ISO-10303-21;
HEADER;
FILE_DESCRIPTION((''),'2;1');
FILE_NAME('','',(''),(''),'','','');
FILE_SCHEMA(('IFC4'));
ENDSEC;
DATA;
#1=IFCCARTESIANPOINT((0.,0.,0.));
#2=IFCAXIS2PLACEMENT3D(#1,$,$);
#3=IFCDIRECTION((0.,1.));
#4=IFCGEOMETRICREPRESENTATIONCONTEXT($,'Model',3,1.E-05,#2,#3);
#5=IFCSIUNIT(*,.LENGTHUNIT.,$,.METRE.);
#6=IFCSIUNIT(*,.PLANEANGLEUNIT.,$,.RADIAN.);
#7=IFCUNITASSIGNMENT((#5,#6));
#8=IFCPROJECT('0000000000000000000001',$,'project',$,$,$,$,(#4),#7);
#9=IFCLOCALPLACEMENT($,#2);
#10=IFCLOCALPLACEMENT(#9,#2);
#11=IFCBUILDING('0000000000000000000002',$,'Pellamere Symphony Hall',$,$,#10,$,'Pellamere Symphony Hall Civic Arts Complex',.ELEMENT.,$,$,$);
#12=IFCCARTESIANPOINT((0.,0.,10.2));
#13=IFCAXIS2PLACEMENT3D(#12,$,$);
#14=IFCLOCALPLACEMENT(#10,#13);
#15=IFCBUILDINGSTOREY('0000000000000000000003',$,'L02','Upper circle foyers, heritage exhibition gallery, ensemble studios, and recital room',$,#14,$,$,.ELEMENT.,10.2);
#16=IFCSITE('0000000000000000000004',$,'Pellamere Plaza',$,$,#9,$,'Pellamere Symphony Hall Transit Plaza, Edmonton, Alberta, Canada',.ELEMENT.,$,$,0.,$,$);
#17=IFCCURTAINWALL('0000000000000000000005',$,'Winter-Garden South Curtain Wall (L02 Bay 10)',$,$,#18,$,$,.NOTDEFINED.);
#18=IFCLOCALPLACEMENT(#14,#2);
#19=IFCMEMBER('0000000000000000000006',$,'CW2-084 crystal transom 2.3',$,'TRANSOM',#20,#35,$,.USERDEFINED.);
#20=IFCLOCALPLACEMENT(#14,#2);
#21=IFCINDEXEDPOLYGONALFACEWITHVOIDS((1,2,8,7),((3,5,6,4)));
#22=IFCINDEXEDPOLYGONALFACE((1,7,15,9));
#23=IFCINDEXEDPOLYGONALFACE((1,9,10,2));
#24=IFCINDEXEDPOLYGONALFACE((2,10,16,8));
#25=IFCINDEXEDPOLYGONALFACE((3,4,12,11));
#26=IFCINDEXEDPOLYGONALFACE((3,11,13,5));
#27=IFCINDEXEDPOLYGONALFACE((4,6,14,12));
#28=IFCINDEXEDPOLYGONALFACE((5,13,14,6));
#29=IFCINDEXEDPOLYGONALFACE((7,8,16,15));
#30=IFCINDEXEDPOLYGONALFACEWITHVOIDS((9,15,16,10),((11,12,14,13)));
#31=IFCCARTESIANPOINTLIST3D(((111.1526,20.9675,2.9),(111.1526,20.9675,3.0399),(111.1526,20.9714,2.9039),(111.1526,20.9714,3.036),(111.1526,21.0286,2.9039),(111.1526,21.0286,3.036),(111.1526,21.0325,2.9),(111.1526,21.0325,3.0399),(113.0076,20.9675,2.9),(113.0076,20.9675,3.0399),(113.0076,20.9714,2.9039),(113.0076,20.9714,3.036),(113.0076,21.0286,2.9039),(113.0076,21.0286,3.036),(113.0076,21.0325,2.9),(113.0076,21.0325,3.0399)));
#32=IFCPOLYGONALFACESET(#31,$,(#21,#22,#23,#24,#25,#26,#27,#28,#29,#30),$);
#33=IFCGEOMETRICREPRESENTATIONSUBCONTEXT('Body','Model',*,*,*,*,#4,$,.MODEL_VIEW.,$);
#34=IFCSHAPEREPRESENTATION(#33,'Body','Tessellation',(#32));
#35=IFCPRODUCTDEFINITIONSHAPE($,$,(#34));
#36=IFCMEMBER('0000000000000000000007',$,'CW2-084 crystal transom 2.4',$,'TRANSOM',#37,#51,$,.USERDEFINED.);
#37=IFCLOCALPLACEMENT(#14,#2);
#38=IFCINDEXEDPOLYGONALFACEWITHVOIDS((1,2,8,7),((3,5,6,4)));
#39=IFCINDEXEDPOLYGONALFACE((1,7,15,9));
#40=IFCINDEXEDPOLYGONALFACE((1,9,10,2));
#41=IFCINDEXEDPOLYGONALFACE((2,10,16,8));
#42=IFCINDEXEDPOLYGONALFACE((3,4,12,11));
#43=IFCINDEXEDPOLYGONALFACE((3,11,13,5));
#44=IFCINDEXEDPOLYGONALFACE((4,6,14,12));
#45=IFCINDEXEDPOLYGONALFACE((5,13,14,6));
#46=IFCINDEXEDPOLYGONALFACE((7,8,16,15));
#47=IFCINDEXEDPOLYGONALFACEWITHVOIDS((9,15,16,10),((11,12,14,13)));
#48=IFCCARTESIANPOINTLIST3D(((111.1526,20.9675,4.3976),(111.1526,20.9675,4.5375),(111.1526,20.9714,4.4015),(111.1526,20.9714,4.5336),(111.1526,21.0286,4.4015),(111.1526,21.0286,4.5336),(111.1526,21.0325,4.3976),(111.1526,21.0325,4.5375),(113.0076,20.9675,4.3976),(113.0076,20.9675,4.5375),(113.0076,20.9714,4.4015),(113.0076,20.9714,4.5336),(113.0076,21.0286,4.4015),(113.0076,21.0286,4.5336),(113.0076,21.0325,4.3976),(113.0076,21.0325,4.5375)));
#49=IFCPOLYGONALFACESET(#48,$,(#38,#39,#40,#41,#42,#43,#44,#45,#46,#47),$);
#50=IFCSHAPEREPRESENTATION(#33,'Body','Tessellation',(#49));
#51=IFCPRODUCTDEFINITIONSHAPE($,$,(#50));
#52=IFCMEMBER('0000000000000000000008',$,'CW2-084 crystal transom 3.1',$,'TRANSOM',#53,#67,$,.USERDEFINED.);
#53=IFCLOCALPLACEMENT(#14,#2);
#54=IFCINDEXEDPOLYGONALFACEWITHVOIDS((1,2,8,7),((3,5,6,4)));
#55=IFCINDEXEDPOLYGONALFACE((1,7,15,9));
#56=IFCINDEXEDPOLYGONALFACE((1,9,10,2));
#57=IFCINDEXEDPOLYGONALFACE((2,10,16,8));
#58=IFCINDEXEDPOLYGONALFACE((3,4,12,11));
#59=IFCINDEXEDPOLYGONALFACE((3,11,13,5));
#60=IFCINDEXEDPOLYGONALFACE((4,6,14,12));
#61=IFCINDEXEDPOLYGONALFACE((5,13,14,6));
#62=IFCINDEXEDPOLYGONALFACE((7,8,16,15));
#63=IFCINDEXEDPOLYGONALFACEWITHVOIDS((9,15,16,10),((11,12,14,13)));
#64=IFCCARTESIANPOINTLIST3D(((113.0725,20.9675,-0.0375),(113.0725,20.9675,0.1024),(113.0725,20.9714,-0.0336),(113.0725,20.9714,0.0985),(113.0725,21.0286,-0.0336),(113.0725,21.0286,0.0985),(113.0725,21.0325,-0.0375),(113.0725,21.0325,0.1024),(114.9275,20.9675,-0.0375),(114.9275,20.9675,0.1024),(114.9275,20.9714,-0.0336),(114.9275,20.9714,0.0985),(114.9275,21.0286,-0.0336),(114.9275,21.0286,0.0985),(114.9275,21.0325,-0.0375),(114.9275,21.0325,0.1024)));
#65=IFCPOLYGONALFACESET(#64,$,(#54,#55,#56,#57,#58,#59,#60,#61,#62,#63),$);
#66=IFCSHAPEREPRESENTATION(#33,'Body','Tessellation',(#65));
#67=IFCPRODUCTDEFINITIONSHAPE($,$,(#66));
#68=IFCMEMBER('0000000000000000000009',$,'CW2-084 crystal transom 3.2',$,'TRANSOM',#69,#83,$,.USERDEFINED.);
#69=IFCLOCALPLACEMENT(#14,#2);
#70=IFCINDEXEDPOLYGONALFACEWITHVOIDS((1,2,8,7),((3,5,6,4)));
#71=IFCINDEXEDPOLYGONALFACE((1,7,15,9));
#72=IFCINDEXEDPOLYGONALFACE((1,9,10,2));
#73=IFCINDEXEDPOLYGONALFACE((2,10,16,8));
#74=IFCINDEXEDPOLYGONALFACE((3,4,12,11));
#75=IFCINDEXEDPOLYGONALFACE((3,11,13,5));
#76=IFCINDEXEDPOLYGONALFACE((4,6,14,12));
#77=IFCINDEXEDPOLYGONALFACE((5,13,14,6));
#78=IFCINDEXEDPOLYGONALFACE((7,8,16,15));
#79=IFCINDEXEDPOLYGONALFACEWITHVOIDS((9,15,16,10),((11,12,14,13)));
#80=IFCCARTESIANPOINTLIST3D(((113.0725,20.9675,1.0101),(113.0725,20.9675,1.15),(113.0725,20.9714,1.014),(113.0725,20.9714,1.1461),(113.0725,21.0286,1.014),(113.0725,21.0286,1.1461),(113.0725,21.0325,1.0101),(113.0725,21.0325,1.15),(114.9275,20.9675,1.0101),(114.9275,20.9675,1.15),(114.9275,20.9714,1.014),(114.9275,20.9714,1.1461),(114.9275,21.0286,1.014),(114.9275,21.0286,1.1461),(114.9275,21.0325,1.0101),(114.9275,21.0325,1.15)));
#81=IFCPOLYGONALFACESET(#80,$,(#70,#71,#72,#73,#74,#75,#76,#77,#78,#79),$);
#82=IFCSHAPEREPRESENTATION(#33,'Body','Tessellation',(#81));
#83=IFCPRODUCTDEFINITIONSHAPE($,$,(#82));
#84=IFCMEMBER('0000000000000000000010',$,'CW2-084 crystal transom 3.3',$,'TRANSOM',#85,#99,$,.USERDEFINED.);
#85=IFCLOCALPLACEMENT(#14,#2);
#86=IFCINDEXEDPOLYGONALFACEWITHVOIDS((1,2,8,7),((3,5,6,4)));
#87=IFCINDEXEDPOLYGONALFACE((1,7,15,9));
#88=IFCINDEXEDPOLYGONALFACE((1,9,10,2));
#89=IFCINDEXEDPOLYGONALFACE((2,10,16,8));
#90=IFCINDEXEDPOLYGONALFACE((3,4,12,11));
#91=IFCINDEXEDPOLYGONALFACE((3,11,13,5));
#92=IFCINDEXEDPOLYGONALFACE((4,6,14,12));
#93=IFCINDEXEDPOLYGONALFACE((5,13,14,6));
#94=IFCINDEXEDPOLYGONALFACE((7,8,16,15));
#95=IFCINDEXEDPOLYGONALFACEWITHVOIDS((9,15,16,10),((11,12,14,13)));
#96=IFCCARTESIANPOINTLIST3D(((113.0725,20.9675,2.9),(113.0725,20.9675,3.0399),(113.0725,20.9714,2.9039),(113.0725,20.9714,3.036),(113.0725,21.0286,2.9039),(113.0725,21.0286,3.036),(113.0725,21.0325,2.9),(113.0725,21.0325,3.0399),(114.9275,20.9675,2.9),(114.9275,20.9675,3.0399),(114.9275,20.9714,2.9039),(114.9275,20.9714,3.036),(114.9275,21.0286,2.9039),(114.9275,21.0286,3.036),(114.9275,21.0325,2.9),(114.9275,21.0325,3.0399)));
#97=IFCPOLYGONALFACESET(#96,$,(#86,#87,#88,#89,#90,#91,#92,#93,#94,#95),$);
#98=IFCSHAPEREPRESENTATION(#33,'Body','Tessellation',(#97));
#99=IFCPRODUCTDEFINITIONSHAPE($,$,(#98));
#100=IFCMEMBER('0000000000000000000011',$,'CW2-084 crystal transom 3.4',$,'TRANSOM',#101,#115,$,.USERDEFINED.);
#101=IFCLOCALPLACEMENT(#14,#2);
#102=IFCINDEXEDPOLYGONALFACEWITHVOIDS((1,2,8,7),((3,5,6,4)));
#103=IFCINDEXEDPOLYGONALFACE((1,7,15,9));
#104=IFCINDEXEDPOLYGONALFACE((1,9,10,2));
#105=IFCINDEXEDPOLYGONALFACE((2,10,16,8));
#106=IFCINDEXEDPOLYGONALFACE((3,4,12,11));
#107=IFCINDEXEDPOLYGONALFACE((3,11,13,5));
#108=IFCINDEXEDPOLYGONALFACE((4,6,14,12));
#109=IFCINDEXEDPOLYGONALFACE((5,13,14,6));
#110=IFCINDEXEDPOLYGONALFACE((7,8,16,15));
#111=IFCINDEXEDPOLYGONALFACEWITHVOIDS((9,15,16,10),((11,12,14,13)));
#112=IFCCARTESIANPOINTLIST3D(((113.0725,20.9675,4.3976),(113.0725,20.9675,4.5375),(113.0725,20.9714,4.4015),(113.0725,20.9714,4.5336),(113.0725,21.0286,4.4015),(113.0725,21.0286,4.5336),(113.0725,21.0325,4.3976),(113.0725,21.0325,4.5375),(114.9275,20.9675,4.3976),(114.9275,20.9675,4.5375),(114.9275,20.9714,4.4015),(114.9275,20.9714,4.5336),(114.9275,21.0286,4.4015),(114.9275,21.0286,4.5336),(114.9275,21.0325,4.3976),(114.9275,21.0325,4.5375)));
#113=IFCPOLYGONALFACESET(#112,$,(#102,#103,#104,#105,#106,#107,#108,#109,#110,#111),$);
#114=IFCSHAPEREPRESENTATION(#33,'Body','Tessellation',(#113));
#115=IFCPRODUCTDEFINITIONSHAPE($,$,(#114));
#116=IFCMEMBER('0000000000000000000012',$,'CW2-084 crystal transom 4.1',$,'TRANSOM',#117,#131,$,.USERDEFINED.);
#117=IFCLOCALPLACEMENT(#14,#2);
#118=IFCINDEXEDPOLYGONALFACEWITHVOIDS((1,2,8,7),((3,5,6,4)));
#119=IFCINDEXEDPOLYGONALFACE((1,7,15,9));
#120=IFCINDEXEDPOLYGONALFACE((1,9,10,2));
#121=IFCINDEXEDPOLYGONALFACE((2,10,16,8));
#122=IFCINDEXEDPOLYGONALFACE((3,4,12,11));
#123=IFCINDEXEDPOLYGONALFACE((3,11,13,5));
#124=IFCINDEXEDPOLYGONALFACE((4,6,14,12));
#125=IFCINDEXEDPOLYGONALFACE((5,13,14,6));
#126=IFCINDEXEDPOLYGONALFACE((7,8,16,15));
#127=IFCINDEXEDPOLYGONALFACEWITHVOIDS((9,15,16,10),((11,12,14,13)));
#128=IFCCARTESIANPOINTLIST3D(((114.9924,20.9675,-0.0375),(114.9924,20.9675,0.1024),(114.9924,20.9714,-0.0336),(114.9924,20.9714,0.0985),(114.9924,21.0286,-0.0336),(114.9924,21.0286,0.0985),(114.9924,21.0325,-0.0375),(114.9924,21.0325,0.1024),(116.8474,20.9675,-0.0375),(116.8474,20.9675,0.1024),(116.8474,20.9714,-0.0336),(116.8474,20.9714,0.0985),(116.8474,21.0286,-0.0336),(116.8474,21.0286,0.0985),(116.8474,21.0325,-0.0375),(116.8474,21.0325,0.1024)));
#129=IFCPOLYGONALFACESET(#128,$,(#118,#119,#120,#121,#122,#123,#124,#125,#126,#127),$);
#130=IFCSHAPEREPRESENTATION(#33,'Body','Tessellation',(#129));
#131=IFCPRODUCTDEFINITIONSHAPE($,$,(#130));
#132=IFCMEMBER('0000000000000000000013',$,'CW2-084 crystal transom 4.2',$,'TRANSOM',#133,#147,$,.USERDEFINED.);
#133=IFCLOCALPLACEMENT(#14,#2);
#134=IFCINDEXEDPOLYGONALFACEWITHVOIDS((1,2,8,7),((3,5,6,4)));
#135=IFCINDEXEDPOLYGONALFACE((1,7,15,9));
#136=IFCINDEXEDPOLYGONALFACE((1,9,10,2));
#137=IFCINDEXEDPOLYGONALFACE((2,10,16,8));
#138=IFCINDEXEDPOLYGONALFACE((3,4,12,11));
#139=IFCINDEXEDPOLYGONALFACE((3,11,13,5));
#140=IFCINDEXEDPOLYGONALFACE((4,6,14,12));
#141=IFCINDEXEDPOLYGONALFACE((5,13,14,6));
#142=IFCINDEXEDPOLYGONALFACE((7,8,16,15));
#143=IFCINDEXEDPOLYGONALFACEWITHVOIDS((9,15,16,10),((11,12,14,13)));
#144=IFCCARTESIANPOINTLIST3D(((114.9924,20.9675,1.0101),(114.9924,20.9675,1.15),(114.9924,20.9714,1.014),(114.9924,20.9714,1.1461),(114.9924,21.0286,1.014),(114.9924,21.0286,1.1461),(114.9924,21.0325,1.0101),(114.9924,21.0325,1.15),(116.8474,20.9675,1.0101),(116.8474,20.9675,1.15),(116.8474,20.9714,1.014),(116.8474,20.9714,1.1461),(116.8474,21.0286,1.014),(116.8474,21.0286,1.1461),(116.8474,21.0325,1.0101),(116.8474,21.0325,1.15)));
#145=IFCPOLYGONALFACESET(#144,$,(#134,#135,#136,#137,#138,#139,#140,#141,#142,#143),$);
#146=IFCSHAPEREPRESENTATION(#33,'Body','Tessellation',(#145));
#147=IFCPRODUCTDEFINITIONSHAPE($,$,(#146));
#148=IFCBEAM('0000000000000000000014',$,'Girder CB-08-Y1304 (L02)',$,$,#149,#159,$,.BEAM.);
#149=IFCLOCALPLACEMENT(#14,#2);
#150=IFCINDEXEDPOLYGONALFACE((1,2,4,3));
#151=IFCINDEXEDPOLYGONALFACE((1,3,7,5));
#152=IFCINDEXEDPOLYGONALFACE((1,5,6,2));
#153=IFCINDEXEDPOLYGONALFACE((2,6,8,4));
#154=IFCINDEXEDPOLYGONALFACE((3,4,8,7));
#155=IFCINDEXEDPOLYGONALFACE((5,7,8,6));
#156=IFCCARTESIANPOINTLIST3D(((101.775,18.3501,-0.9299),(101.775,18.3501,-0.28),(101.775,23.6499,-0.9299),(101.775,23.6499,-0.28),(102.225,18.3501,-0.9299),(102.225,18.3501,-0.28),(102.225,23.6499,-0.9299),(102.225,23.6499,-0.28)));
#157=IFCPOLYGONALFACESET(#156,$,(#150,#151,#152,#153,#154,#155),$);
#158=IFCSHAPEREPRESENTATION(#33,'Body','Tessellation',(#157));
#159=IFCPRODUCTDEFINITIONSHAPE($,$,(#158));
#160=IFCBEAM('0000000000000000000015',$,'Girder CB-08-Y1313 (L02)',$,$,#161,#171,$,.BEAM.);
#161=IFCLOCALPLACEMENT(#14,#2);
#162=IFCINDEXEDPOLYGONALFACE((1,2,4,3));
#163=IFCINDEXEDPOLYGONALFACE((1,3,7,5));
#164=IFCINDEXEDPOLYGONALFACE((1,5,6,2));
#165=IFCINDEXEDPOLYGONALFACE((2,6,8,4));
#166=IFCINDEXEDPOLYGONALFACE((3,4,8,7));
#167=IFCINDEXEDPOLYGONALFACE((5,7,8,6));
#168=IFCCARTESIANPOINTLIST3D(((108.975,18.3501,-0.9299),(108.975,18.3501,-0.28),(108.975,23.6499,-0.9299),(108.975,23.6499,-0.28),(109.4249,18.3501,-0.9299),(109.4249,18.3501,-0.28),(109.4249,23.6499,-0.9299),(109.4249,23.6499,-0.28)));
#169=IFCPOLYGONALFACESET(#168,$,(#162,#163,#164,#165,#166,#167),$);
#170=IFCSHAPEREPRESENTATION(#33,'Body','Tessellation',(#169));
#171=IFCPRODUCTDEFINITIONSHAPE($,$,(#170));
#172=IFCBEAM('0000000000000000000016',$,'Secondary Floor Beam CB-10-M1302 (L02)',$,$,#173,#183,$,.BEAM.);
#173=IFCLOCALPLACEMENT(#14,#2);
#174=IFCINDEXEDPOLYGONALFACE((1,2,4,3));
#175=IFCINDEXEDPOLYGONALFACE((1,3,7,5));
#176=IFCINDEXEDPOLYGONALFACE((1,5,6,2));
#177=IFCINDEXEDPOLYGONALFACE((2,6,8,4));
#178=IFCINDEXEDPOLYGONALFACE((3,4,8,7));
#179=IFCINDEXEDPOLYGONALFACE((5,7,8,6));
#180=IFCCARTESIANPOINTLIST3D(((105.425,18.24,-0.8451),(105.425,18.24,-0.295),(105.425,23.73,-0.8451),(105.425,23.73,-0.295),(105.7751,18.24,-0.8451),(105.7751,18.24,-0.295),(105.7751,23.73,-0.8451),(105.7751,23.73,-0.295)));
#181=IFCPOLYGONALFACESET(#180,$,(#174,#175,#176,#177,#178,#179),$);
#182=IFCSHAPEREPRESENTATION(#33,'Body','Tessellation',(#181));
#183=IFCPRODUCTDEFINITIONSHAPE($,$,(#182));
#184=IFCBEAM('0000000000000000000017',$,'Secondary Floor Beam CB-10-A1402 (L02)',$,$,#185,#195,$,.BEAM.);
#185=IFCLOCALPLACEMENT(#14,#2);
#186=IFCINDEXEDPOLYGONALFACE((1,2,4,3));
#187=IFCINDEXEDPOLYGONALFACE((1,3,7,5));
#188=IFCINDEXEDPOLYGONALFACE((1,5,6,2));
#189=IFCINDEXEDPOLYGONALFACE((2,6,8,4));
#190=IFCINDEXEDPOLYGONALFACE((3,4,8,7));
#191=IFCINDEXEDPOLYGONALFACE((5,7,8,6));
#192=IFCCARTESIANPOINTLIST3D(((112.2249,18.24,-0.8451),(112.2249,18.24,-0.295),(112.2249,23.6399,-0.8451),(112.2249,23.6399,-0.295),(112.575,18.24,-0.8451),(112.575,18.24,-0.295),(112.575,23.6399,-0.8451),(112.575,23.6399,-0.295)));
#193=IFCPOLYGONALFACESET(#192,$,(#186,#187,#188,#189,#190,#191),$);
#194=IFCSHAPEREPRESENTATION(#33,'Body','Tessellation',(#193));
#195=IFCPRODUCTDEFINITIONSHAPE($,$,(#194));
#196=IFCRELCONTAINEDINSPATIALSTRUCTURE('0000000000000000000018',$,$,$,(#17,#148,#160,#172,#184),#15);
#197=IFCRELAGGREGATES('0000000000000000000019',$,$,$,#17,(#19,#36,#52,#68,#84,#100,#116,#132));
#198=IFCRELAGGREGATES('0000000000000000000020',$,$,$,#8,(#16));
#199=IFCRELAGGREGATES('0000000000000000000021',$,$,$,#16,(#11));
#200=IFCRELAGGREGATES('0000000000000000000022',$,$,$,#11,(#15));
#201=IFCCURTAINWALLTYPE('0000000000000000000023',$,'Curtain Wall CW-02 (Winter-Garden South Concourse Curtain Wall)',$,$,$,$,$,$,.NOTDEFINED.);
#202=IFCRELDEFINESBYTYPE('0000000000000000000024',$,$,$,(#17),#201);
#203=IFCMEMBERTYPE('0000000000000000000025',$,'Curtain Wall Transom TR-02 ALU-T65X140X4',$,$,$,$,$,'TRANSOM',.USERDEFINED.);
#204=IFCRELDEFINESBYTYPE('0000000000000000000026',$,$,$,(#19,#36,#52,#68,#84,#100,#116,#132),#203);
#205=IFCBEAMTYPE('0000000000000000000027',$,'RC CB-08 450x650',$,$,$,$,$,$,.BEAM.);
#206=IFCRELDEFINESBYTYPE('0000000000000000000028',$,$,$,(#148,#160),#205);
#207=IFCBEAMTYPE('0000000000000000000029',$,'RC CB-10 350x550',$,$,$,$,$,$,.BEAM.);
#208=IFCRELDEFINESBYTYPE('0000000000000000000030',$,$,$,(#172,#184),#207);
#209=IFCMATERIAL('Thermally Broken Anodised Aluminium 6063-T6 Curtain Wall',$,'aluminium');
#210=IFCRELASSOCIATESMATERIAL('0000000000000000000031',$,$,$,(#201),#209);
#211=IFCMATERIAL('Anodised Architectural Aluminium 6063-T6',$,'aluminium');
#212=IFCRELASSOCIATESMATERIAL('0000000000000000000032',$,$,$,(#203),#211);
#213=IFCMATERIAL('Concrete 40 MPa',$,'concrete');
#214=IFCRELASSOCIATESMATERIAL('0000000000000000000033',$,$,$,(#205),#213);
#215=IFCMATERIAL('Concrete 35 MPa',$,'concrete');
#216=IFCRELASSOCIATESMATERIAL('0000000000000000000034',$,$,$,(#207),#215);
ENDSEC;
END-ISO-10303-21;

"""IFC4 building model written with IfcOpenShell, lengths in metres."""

from ifc_helpers import new_model, si_unit, direction, frame, origin, origin_2d, place, context, subcontext, project, spatial, rectangle, hollow_rectangle, extrude, material, material_profile, profile_set, type_object, element, aggregate, save


model = new_model("IFC4")

# Units and contexts
model_context = context("Model", 3, precision=1e-05, world=origin(), true_north=direction((0.0, 1.0)))
body_context = subcontext(model_context, "Body", "Model", "MODEL_VIEW")
ifc_project = project(units=[si_unit("LENGTHUNIT", "METRE"), si_unit("PLANEANGLEUNIT", "RADIAN")], contexts=[model_context])

# Site, building, storey
site_placement = place(None, origin())
site = spatial("IfcSite", under=ifc_project, at=site_placement, Name="Pellamere Plaza", LongName="Pellamere Symphony Hall Transit Plaza, Edmonton, Alberta, Canada", CompositionType="ELEMENT", RefElevation=0.0)
building_placement = place(site_placement, origin())
building = spatial("IfcBuilding", under=site, at=building_placement, Name="Pellamere Symphony Hall", LongName="Pellamere Symphony Hall Civic Arts Complex", CompositionType="ELEMENT")
storey_placement = place(building_placement, frame((0.0, 0.0, 10.2)))
storey = spatial("IfcBuildingStorey", under=building, at=storey_placement, Name="L02", Description="Upper circle foyers, heritage exhibition gallery, ensemble studios, and recital room", CompositionType="ELEMENT", Elevation=10.2)

# Shared definitions
ifc_material_1 = material(Name="Thermally Broken Anodised Aluminium 6063-T6 Curtain Wall", Category="aluminium")
curtain_wall_type = type_object("IfcCurtainWallType", Name="Curtain Wall CW-02 (Winter-Garden South Concourse Curtain Wall)", PredefinedType="NOTDEFINED", material=ifc_material_1)
ifc_material_2 = material(Name="Anodised Architectural Aluminium 6063-T6", Category="aluminium")

# Curtain wall, members
curtain_wall_1_placement = place(storey_placement, origin())
curtain_wall_1 = element("IfcCurtainWall", 1, at=curtain_wall_1_placement, inside=storey, type_object=curtain_wall_type, Name="Winter-Garden South Curtain Wall (L02 Bay 10)", PredefinedType="NOTDEFINED")
ifc_material_profile_1 = material_profile(ifc_material_2, hollow_rectangle(XDim=0.0649, YDim=0.1399, WallThickness=0.0039, at=origin_2d()), Name="ALU-T65X140X4")
ifc_profile_set_1 = profile_set([ifc_material_profile_1], Name="Anodised Architectural Aluminium 6063-T6")
member_type_1 = type_object("IfcMemberType", Name="Curtain Wall Transom TR-02 ALU-T65X140X4", ElementType="TRANSOM", PredefinedType="USERDEFINED", material=ifc_profile_set_1)
member_1_placement = place(storey_placement, frame((111.1526, 21.0, 2.97), z_axis=(1.0, 0.0, 0.0), x_axis=(0.0, 1.0, 0.0)))
member_1 = element("IfcMember", 2, at=member_1_placement, type_object=member_type_1, Name="CW2-084 crystal transom 2.3", ObjectType="TRANSOM", PredefinedType="USERDEFINED", context=body_context, shape_type="SweptSolid", body=[
    extrude(hollow_rectangle(XDim=0.0649, YDim=0.1399, WallThickness=0.0039, at=origin_2d()), origin(), (0.0, 0.0, 1.0), 1.855),
])
member_2_placement = place(storey_placement, frame((111.1526, 21.0, 4.4675), z_axis=(1.0, 0.0, 0.0), x_axis=(0.0, 1.0, 0.0)))
member_2 = element("IfcMember", 3, at=member_2_placement, type_object=member_type_1, Name="CW2-084 crystal transom 2.4", ObjectType="TRANSOM", PredefinedType="USERDEFINED", context=body_context, shape_type="SweptSolid", body=[
    extrude(hollow_rectangle(XDim=0.0649, YDim=0.1399, WallThickness=0.0039, at=origin_2d()), origin(), (0.0, 0.0, 1.0), 1.855),
])
member_3_placement = place(storey_placement, frame((113.0725, 21.0, 0.0325), z_axis=(1.0, 0.0, 0.0), x_axis=(0.0, 1.0, 0.0)))
member_3 = element("IfcMember", 4, at=member_3_placement, type_object=member_type_1, Name="CW2-084 crystal transom 3.1", ObjectType="TRANSOM", PredefinedType="USERDEFINED", context=body_context, shape_type="SweptSolid", body=[
    extrude(hollow_rectangle(XDim=0.0649, YDim=0.1399, WallThickness=0.0039, at=origin_2d()), origin(), (0.0, 0.0, 1.0), 1.855),
])
member_4_placement = place(storey_placement, frame((113.0725, 21.0, 1.0801), z_axis=(1.0, 0.0, 0.0), x_axis=(0.0, 1.0, 0.0)))
member_4 = element("IfcMember", 5, at=member_4_placement, type_object=member_type_1, Name="CW2-084 crystal transom 3.2", ObjectType="TRANSOM", PredefinedType="USERDEFINED", context=body_context, shape_type="SweptSolid", body=[
    extrude(hollow_rectangle(XDim=0.0649, YDim=0.1399, WallThickness=0.0039, at=origin_2d()), origin(), (0.0, 0.0, 1.0), 1.855),
])
member_5_placement = place(storey_placement, frame((113.0725, 21.0, 2.97), z_axis=(1.0, 0.0, 0.0), x_axis=(0.0, 1.0, 0.0)))
member_5 = element("IfcMember", 6, at=member_5_placement, type_object=member_type_1, Name="CW2-084 crystal transom 3.3", ObjectType="TRANSOM", PredefinedType="USERDEFINED", context=body_context, shape_type="SweptSolid", body=[
    extrude(hollow_rectangle(XDim=0.0649, YDim=0.1399, WallThickness=0.0039, at=origin_2d()), origin(), (0.0, 0.0, 1.0), 1.855),
])
member_6_placement = place(storey_placement, frame((113.0725, 21.0, 4.4675), z_axis=(1.0, 0.0, 0.0), x_axis=(0.0, 1.0, 0.0)))
member_6 = element("IfcMember", 7, at=member_6_placement, type_object=member_type_1, Name="CW2-084 crystal transom 3.4", ObjectType="TRANSOM", PredefinedType="USERDEFINED", context=body_context, shape_type="SweptSolid", body=[
    extrude(hollow_rectangle(XDim=0.0649, YDim=0.1399, WallThickness=0.0039, at=origin_2d()), origin(), (0.0, 0.0, 1.0), 1.855),
])
member_7_placement = place(storey_placement, frame((114.9924, 21.0, 0.0325), z_axis=(1.0, 0.0, 0.0), x_axis=(0.0, 1.0, 0.0)))
member_7 = element("IfcMember", 8, at=member_7_placement, type_object=member_type_1, Name="CW2-084 crystal transom 4.1", ObjectType="TRANSOM", PredefinedType="USERDEFINED", context=body_context, shape_type="SweptSolid", body=[
    extrude(hollow_rectangle(XDim=0.0649, YDim=0.1399, WallThickness=0.0039, at=origin_2d()), origin(), (0.0, 0.0, 1.0), 1.855),
])
member_8_placement = place(storey_placement, frame((114.9924, 21.0, 1.0801), z_axis=(1.0, 0.0, 0.0), x_axis=(0.0, 1.0, 0.0)))
member_8 = element("IfcMember", 9, at=member_8_placement, type_object=member_type_1, Name="CW2-084 crystal transom 4.2", ObjectType="TRANSOM", PredefinedType="USERDEFINED", context=body_context, shape_type="SweptSolid", body=[
    extrude(hollow_rectangle(XDim=0.0649, YDim=0.1399, WallThickness=0.0039, at=origin_2d()), origin(), (0.0, 0.0, 1.0), 1.855),
])

# Beams
ifc_material_3 = material(Name="Concrete 40 MPa", Category="concrete")
ifc_material_profile_2 = material_profile(ifc_material_3, rectangle(XDim=0.45, YDim=0.6499, at=origin_2d()), Name="RC 450x650")
ifc_profile_set_2 = profile_set([ifc_material_profile_2], Name="Concrete 40 MPa")
beam_type_1 = type_object("IfcBeamType", Name="RC CB-08 450x650", PredefinedType="BEAM", material=ifc_profile_set_2)
for number, where, z_axis, x_axis, name in (
    (10, (102.0, 18.3501, -0.605), (0.0, 1.0, 0.0), (-1.0, 0.0, 0.0), "Girder CB-08-Y1304 (L02)"),
    (11, (109.2, 18.3501, -0.605), (0.0, 1.0, 0.0), (-1.0, 0.0, 0.0), "Girder CB-08-Y1313 (L02)"),
):
    element("IfcBeam", number, at=place(storey_placement, frame(where, z_axis=z_axis, x_axis=x_axis)), inside=storey, type_object=beam_type_1, Name=name, PredefinedType="BEAM", context=body_context, shape_type="SweptSolid", body=[
        extrude(rectangle(XDim=0.45, YDim=0.6499, at=origin_2d()), origin(), (0.0, 0.0, 1.0), 5.2998),
    ])
ifc_material_4 = material(Name="Concrete 35 MPa", Category="concrete")
ifc_material_profile_3 = material_profile(ifc_material_4, rectangle(XDim=0.3501, YDim=0.55, at=origin_2d()), Name="RC 350x550")
ifc_profile_set_3 = profile_set([ifc_material_profile_3], Name="Concrete 35 MPa")
beam_type_2 = type_object("IfcBeamType", Name="RC CB-10 350x550", PredefinedType="BEAM", material=ifc_profile_set_3)
beam_1_placement = place(storey_placement, frame((105.6001, 18.24, -0.5701), z_axis=(0.0, 1.0, 0.0), x_axis=(-1.0, 0.0, 0.0)))
element("IfcBeam", 12, at=beam_1_placement, inside=storey, type_object=beam_type_2, Name="Secondary Floor Beam CB-10-M1302 (L02)", PredefinedType="BEAM", context=body_context, shape_type="SweptSolid", body=[
    extrude(rectangle(XDim=0.3501, YDim=0.55, at=origin_2d()), origin(), (0.0, 0.0, 1.0), 5.49),
])
for number, where, z_axis, x_axis, name in (
    (13, (112.3999, 18.24, -0.5701), (0.0, 1.0, 0.0), (-1.0, 0.0, 0.0), "Secondary Floor Beam CB-10-A1402 (L02)"),
):
    element("IfcBeam", number, at=place(storey_placement, frame(where, z_axis=z_axis, x_axis=x_axis)), inside=storey, type_object=beam_type_2, Name=name, PredefinedType="BEAM", context=body_context, shape_type="SweptSolid", body=[
        extrude(rectangle(XDim=0.3501, YDim=0.55, at=origin_2d()), origin(), (0.0, 0.0, 1.0), 5.3999),
    ])

aggregate(curtain_wall_1, [member_1, member_2, member_3, member_4, member_5, member_6, member_7, member_8])

save(model, "model.ifc")
